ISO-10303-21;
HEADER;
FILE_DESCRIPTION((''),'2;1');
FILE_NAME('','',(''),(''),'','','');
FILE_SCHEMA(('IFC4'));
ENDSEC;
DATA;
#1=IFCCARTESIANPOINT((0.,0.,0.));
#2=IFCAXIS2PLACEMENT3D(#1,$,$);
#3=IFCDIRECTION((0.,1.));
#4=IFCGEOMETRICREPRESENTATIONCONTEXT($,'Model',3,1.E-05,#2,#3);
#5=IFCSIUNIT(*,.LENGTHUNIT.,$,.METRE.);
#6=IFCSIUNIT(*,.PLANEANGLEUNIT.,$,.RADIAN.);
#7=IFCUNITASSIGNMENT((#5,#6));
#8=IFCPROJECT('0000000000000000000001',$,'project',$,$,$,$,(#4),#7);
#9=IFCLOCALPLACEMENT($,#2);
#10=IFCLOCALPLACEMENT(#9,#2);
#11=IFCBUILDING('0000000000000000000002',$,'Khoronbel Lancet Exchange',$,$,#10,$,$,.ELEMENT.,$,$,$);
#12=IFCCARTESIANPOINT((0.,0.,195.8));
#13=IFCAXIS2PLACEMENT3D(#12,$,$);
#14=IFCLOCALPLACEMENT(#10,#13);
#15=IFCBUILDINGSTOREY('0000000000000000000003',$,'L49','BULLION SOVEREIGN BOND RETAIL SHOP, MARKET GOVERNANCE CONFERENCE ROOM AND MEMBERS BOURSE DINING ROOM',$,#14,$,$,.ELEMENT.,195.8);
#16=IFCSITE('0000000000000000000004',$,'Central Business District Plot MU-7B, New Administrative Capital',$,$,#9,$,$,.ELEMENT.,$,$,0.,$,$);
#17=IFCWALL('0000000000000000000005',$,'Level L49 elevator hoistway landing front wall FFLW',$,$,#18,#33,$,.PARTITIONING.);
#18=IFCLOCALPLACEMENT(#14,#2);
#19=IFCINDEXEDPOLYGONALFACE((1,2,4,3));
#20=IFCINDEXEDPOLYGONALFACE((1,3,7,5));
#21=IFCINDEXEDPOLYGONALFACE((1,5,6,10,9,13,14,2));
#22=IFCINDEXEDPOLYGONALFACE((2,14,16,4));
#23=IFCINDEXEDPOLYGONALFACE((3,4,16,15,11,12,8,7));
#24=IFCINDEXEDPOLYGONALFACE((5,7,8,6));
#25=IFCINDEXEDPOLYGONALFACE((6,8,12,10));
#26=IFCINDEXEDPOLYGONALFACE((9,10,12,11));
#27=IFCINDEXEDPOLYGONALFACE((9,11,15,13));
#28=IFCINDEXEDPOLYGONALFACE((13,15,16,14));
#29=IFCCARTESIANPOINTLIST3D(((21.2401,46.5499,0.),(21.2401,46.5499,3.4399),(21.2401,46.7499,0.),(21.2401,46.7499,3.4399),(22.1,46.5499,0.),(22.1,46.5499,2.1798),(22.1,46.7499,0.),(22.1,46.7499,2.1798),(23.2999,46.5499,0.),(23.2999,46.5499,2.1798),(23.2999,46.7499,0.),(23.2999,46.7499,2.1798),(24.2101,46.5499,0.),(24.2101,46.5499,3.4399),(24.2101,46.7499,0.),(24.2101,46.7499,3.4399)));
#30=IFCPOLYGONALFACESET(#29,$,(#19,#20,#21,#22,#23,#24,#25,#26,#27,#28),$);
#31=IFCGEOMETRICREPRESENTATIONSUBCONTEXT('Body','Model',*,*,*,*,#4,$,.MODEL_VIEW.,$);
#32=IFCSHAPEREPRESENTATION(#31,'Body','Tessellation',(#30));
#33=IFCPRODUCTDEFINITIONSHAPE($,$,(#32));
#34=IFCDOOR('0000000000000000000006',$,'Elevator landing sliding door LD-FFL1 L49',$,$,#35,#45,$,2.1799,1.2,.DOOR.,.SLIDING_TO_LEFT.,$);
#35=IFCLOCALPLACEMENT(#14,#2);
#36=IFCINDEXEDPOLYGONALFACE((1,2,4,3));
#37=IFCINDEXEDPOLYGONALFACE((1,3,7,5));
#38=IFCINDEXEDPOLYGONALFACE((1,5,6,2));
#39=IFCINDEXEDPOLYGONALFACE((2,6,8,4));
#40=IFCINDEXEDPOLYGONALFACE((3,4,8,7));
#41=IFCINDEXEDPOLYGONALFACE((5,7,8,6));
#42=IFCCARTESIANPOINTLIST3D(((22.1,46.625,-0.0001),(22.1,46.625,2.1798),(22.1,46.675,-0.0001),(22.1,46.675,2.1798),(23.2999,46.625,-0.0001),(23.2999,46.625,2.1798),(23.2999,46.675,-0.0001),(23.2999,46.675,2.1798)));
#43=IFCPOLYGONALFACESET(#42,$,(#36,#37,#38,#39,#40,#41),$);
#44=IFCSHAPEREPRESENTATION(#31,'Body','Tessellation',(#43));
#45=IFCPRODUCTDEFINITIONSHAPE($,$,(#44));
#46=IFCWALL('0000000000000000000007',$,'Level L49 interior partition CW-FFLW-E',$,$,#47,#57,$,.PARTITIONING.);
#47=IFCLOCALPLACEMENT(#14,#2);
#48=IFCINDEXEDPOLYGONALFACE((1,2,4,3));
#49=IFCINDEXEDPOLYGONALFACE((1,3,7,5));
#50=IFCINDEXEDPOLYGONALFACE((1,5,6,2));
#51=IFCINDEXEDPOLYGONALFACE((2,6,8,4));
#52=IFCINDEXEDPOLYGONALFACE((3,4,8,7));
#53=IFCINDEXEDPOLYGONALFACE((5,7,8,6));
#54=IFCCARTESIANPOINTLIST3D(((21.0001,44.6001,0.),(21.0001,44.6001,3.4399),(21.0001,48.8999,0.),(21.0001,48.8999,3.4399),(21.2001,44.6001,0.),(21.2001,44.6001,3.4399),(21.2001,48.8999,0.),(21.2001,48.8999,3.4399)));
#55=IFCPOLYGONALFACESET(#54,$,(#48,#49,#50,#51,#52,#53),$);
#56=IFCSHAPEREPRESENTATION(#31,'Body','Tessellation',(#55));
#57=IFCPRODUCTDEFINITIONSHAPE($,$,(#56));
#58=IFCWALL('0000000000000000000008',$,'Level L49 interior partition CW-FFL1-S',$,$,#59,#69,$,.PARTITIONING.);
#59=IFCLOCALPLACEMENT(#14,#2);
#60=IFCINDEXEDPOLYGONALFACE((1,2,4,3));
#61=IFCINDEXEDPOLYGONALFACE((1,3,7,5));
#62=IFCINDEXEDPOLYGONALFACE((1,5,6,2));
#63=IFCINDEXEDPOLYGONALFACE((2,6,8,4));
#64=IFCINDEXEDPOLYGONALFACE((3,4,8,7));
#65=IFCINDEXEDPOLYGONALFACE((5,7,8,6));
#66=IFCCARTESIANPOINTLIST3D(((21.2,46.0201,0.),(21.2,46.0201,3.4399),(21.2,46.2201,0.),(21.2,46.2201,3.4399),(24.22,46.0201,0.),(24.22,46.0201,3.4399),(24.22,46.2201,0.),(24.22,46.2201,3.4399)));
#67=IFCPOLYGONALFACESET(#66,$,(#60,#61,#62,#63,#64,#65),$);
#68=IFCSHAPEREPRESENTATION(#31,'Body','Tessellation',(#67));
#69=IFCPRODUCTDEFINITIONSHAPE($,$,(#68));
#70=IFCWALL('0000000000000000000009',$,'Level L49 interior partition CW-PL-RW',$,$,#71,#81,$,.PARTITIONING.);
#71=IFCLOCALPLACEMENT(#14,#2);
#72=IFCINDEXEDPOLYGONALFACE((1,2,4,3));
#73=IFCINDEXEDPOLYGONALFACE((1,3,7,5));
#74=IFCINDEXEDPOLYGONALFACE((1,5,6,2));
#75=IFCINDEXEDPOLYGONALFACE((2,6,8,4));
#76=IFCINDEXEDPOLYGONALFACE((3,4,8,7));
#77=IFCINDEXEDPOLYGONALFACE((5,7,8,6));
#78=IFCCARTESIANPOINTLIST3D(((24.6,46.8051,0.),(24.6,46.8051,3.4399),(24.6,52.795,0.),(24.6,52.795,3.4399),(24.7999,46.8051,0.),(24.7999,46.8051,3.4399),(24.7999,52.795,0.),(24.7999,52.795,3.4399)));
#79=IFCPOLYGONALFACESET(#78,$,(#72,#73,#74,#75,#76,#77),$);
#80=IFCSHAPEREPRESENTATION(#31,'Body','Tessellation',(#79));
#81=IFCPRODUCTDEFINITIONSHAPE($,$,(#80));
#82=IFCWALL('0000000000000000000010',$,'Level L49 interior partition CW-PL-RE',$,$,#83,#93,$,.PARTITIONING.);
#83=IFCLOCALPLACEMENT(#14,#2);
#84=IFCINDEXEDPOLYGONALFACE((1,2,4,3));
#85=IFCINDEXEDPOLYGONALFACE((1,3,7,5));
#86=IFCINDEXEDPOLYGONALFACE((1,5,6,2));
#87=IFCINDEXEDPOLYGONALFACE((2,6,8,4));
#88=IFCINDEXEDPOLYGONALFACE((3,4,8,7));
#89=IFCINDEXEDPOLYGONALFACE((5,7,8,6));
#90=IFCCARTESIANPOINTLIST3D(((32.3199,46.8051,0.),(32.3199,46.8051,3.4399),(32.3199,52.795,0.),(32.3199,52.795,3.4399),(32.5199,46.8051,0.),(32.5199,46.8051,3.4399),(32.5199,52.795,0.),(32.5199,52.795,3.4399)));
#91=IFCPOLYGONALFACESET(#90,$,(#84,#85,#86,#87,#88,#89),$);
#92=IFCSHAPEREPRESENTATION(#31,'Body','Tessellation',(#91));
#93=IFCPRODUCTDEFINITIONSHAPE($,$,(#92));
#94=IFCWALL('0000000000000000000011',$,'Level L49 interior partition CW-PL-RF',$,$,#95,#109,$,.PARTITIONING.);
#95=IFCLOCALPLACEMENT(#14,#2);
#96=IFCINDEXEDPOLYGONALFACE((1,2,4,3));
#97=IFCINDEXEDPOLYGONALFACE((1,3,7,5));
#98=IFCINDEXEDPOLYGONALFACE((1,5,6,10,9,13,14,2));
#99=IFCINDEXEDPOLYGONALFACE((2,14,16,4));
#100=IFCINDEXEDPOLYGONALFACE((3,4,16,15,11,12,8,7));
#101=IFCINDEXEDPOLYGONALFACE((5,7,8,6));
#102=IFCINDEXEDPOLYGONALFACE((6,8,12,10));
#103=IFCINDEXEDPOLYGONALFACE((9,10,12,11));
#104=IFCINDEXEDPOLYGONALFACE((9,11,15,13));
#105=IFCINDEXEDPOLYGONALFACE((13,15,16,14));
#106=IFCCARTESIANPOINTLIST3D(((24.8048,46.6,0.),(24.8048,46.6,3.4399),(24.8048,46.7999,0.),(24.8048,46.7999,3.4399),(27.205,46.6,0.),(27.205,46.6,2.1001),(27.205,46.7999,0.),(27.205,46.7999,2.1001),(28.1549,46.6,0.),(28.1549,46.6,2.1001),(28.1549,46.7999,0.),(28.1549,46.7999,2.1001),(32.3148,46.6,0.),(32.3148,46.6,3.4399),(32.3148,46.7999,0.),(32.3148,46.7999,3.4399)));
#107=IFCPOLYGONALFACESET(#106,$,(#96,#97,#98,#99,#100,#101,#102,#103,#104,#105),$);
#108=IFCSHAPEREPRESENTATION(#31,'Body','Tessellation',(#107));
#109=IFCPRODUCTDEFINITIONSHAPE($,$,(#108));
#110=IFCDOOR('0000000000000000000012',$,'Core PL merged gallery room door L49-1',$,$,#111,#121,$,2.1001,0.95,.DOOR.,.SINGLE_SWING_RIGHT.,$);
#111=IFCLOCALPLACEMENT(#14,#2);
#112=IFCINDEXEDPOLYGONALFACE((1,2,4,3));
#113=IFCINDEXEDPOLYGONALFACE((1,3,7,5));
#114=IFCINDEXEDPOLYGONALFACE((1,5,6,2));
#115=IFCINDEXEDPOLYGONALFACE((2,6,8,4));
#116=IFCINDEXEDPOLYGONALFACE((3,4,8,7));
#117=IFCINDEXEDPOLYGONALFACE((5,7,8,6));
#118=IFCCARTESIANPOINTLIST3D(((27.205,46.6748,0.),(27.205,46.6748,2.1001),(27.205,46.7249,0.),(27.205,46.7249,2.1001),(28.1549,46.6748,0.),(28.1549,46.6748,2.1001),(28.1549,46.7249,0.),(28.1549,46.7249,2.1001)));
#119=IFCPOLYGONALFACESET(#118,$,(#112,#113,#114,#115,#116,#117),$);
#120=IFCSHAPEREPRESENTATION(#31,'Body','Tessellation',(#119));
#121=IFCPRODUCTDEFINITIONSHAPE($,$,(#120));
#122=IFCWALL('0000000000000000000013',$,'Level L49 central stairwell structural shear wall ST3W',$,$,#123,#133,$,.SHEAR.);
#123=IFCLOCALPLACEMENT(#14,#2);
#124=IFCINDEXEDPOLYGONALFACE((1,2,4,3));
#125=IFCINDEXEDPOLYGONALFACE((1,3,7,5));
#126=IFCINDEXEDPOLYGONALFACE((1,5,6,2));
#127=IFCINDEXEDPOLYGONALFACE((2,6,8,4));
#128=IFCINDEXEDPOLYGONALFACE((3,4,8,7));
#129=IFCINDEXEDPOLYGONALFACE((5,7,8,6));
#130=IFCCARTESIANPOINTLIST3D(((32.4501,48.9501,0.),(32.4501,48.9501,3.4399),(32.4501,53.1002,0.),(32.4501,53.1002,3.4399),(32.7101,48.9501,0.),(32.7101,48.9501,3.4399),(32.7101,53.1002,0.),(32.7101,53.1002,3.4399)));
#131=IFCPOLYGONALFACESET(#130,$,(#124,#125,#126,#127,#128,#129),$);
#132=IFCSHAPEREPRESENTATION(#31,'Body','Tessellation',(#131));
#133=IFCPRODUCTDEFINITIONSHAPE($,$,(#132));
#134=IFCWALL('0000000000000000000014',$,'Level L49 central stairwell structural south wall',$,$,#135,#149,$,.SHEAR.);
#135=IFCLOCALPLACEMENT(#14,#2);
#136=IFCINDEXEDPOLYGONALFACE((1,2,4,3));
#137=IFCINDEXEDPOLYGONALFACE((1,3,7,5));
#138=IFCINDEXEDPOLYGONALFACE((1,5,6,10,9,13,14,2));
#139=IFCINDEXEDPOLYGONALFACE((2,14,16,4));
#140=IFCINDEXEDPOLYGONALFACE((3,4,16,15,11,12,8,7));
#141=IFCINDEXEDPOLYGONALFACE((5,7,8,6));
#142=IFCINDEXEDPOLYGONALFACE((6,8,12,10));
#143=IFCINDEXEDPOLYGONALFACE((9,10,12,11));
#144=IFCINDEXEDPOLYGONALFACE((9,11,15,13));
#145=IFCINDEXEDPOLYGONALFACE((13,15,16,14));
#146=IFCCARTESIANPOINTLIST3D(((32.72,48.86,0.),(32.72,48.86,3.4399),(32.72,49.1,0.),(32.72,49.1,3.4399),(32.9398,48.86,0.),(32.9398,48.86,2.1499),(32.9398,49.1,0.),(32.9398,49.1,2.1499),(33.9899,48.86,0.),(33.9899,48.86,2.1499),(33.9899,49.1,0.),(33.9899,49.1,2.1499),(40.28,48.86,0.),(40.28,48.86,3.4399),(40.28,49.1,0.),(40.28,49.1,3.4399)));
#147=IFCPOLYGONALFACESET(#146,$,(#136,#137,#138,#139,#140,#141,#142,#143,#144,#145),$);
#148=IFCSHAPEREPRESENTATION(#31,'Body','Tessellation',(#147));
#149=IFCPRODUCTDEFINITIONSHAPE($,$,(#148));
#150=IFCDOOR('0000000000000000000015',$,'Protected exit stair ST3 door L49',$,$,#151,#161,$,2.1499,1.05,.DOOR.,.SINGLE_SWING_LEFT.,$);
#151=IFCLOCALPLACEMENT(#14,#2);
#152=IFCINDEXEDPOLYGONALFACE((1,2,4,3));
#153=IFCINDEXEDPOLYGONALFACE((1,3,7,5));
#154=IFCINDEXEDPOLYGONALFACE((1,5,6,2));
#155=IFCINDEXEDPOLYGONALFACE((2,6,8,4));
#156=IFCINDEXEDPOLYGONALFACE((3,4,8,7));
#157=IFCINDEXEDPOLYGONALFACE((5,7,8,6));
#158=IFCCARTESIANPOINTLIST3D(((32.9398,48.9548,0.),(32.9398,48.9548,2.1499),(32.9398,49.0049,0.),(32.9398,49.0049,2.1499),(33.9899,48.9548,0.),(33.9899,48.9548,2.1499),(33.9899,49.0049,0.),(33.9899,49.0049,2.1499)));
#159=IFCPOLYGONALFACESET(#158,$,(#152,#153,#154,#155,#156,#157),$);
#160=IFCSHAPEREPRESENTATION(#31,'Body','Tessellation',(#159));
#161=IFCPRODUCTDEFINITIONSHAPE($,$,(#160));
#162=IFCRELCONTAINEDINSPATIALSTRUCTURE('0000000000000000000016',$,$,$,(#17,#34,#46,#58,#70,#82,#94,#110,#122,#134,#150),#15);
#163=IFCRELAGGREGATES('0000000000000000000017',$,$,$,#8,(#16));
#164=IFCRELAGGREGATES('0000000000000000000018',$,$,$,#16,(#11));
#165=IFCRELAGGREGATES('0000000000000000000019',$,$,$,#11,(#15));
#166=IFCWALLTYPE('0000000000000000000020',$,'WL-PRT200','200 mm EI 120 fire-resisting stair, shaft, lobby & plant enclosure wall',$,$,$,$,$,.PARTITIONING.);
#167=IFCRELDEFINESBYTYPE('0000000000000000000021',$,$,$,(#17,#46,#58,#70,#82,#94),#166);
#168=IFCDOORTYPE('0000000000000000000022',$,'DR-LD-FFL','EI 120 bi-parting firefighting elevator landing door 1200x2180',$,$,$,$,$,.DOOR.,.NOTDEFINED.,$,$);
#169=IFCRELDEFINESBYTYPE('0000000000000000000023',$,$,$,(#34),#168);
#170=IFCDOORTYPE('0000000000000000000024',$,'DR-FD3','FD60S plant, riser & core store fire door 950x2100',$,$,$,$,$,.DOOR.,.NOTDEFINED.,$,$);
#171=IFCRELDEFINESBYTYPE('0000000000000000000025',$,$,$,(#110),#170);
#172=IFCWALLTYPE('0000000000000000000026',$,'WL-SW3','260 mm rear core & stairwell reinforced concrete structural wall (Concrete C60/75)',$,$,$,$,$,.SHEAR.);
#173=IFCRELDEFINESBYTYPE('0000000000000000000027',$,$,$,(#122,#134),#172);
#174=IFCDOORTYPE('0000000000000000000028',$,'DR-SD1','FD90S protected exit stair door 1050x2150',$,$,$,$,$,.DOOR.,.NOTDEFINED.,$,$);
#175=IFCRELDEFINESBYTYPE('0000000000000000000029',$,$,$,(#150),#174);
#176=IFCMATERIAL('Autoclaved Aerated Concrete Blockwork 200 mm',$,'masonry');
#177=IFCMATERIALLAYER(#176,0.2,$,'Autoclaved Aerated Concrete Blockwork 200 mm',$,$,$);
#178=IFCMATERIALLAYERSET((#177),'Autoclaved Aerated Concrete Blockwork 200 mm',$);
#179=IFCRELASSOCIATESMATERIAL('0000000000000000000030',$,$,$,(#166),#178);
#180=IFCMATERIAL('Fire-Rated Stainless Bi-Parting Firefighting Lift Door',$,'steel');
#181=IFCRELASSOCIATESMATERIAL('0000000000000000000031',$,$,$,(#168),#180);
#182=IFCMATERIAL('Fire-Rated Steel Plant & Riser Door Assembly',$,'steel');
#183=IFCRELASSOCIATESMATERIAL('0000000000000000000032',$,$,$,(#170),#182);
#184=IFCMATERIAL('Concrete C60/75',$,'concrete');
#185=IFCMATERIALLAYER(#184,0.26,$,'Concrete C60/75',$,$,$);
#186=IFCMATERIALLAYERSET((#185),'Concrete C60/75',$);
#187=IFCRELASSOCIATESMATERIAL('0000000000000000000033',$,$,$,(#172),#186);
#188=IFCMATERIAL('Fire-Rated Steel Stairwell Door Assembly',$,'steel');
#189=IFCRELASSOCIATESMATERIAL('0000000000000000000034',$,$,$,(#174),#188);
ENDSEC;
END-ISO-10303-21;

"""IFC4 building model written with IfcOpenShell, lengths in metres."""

from ifc_helpers import new_model, si_unit, direction, frame, frame_2d, origin, place, context, subcontext, project, spatial, rectangle, extrude, material, layer, layer_set, type_object, element, fill, save


model = new_model("IFC4")

# Units and contexts
model_context = context("Model", 3, precision=1e-05, world=origin(), true_north=direction((0.0, 1.0)))
body_context = subcontext(model_context, "Body", "Model", "MODEL_VIEW")
ifc_project = project(units=[si_unit("LENGTHUNIT", "METRE"), si_unit("PLANEANGLEUNIT", "RADIAN")], contexts=[model_context])

# Site, building, storey
site_placement = place(None, origin())
site = spatial("IfcSite", under=ifc_project, at=site_placement, Name="Central Business District Plot MU-7B, New Administrative Capital", CompositionType="ELEMENT", RefElevation=0.0)
building_placement = place(site_placement, origin())
building = spatial("IfcBuilding", under=site, at=building_placement, Name="Khoronbel Lancet Exchange", CompositionType="ELEMENT")
storey_placement = place(building_placement, frame((0.0, 0.0, 195.8)))
storey = spatial("IfcBuildingStorey", under=building, at=storey_placement, Name="L49", Description="BULLION SOVEREIGN BOND RETAIL SHOP, MARKET GOVERNANCE CONFERENCE ROOM AND MEMBERS BOURSE DINING ROOM", CompositionType="ELEMENT", Elevation=195.8)

# Wall, opening, door
ifc_material_1 = material(Name="Autoclaved Aerated Concrete Blockwork 200 mm", Category="masonry")
ifc_layer_1 = layer(ifc_material_1, 0.2, Name="Autoclaved Aerated Concrete Blockwork 200 mm")
ifc_layer_set_1 = layer_set([ifc_layer_1], Name="Autoclaved Aerated Concrete Blockwork 200 mm")
wall_type_1 = type_object("IfcWallType", Name="WL-PRT200", Description="200 mm EI 120 fire-resisting stair, shaft, lobby & plant enclosure wall", PredefinedType="PARTITIONING", material=ifc_layer_set_1)
wall_1_placement = place(storey_placement, frame((24.21, 46.6499, 0.0), z_axis=(0.0, 0.0, 1.0), x_axis=(-1.0, 0.0, 0.0)))
wall_1 = element("IfcWall", 1, at=wall_1_placement, inside=storey, type_object=wall_type_1, Name="Level L49 elevator hoistway landing front wall FFLW", PredefinedType="PARTITIONING", context=body_context, shape_type="SweptSolid", body=[
    extrude(rectangle(XDim=2.97, YDim=0.2, at=frame_2d((1.4849, 0.0))), origin(), (0.0, 0.0, 1.0), 3.4399),
])
opening_1_placement = place(wall_1_placement, frame((0.9099, 0.0, 0.0)))
opening_1 = element("IfcOpeningElement", 2, at=opening_1_placement, cuts=wall_1, PredefinedType="OPENING", context=body_context, shape_type="SweptSolid", body=[
    extrude(rectangle(XDim=1.2, YDim=2.1799, at=frame_2d((0.6001, 1.0898))), frame((0.0, 0.1099, 0.0), z_axis=(0.0, -1.0, 0.0), x_axis=(1.0, 0.0, 0.0)), (0.0, 0.0, 1.0), 0.22),
])
ifc_material_2 = material(Name="Fire-Rated Stainless Bi-Parting Firefighting Lift Door", Category="steel")
door_type_1 = type_object("IfcDoorType", Name="DR-LD-FFL", Description="EI 120 bi-parting firefighting elevator landing door 1200x2180", OperationType="NOTDEFINED", PredefinedType="DOOR", material=ifc_material_2)
door_1_placement = place(opening_1_placement, origin())
door_1 = element("IfcDoor", 3, at=door_1_placement, inside=storey, type_object=door_type_1, Name="Elevator landing sliding door LD-FFL1 L49", OperationType="SLIDING_TO_LEFT", OverallHeight=2.1799, OverallWidth=1.2, PredefinedType="DOOR", context=body_context, shape_type="SweptSolid", body=[
    extrude(rectangle(XDim=1.2, YDim=2.1799, at=frame_2d((0.6001, 1.0898))), frame((0.0, 0.0249, 0.0), z_axis=(0.0, -1.0, 0.0), x_axis=(1.0, 0.0, 0.0)), (0.0, 0.0, 1.0), 0.05),
])
fill(opening_1, door_1)

# Walls
wall_2_placement = place(storey_placement, frame((21.1001, 44.6001, 0.0), z_axis=(0.0, 0.0, 1.0), x_axis=(0.0, 1.0, 0.0)))
element("IfcWall", 4, at=wall_2_placement, inside=storey, type_object=wall_type_1, Name="Level L49 interior partition CW-FFLW-E", PredefinedType="PARTITIONING", context=body_context, shape_type="SweptSolid", body=[
    extrude(rectangle(XDim=4.2998, YDim=0.2, at=frame_2d((2.1499, 0.0))), origin(), (0.0, 0.0, 1.0), 3.4399),
])
wall_3_placement = place(storey_placement, frame((21.2, 46.1201, 0.0), z_axis=(0.0, 0.0, 1.0), x_axis=(1.0, 0.0, 0.0)))
element("IfcWall", 5, at=wall_3_placement, inside=storey, type_object=wall_type_1, Name="Level L49 interior partition CW-FFL1-S", PredefinedType="PARTITIONING", context=body_context, shape_type="SweptSolid", body=[
    extrude(rectangle(XDim=3.02, YDim=0.2, at=frame_2d((1.51, 0.0))), origin(), (0.0, 0.0, 1.0), 3.4399),
])
for number, where, z_axis, x_axis, name in (
    (6, (24.7, 46.8049, 0.0), (0.0, 0.0, 1.0), (0.0, 1.0, 0.0), "Level L49 interior partition CW-PL-RW"),
    (7, (32.4199, 46.8049, 0.0), (0.0, 0.0, 1.0), (0.0, 1.0, 0.0), "Level L49 interior partition CW-PL-RE"),
):
    element("IfcWall", number, at=place(storey_placement, frame(where, z_axis=z_axis, x_axis=x_axis)), inside=storey, type_object=wall_type_1, Name=name, PredefinedType="PARTITIONING", context=body_context, shape_type="SweptSolid", body=[
        extrude(rectangle(XDim=5.99, YDim=0.2, at=frame_2d((2.9951, 0.0))), origin(), (0.0, 0.0, 1.0), 3.4399),
    ])

# Wall, opening, door
wall_4_placement = place(storey_placement, frame((24.8049, 46.7, 0.0), z_axis=(0.0, 0.0, 1.0), x_axis=(1.0, 0.0, 0.0)))
wall_4 = element("IfcWall", 8, at=wall_4_placement, inside=storey, type_object=wall_type_1, Name="Level L49 interior partition CW-PL-RF", PredefinedType="PARTITIONING", context=body_context, shape_type="SweptSolid", body=[
    extrude(rectangle(XDim=7.51, YDim=0.2, at=frame_2d((3.7549, 0.0))), origin(), (0.0, 0.0, 1.0), 3.4399),
])
opening_2_placement = place(wall_4_placement, frame((2.3999, 0.0, 0.0)))
opening_2 = element("IfcOpeningElement", 9, at=opening_2_placement, cuts=wall_4, PredefinedType="OPENING", context=body_context, shape_type="SweptSolid", body=[
    extrude(rectangle(XDim=0.95, YDim=2.1001, at=frame_2d((0.4751, 1.05))), frame((0.0, 0.1099, 0.0), z_axis=(0.0, -1.0, 0.0), x_axis=(1.0, 0.0, 0.0)), (0.0, 0.0, 1.0), 0.22),
])
ifc_material_3 = material(Name="Fire-Rated Steel Plant & Riser Door Assembly", Category="steel")
door_type_2 = type_object("IfcDoorType", Name="DR-FD3", Description="FD60S plant, riser & core store fire door 950x2100", OperationType="NOTDEFINED", PredefinedType="DOOR", material=ifc_material_3)
door_2_placement = place(opening_2_placement, origin())
door_2 = element("IfcDoor", 10, at=door_2_placement, inside=storey, type_object=door_type_2, Name="Core PL merged gallery room door L49-1", OperationType="SINGLE_SWING_RIGHT", OverallHeight=2.1001, OverallWidth=0.95, PredefinedType="DOOR", context=body_context, shape_type="SweptSolid", body=[
    extrude(rectangle(XDim=0.95, YDim=2.1001, at=frame_2d((0.4751, 1.05))), frame((0.0, 0.0249, 0.0), z_axis=(0.0, -1.0, 0.0), x_axis=(1.0, 0.0, 0.0)), (0.0, 0.0, 1.0), 0.05),
])
fill(opening_2, door_2)

# Wall
ifc_material_4 = material(Name="Concrete C60/75", Category="concrete")
ifc_layer_2 = layer(ifc_material_4, 0.26, Name="Concrete C60/75")
ifc_layer_set_2 = layer_set([ifc_layer_2], Name="Concrete C60/75")
wall_type_2 = type_object("IfcWallType", Name="WL-SW3", Description="260 mm rear core & stairwell reinforced concrete structural wall (Concrete C60/75)", PredefinedType="SHEAR", material=ifc_layer_set_2)
wall_5_placement = place(storey_placement, frame((32.5801, 48.95, 0.0), z_axis=(0.0, 0.0, 1.0), x_axis=(0.0, 1.0, 0.0)))
element("IfcWall", 11, at=wall_5_placement, inside=storey, type_object=wall_type_2, Name="Level L49 central stairwell structural shear wall ST3W", PredefinedType="SHEAR", context=body_context, shape_type="SweptSolid", body=[
    extrude(rectangle(XDim=4.1501, YDim=0.26, at=frame_2d((2.0752, 0.0))), origin(), (0.0, 0.0, 1.0), 3.4399),
])

# Wall, opening, door
wall_6_placement = place(storey_placement, frame((32.72, 48.98, 0.0), z_axis=(0.0, 0.0, 1.0), x_axis=(1.0, 0.0, 0.0)))
wall_6 = element("IfcWall", 12, at=wall_6_placement, inside=storey, type_object=wall_type_2, Name="Level L49 central stairwell structural south wall", PredefinedType="SHEAR", context=body_context, shape_type="SweptSolid", body=[
    extrude(rectangle(XDim=7.5601, YDim=0.24, at=frame_2d((3.78, 0.0))), origin(), (0.0, 0.0, 1.0), 3.4399),
])
opening_3_placement = place(wall_6_placement, frame((0.22, 0.0, 0.0)))
opening_3 = element("IfcOpeningElement", 13, at=opening_3_placement, cuts=wall_6, PredefinedType="OPENING", context=body_context, shape_type="SweptSolid", body=[
    extrude(rectangle(XDim=1.05, YDim=2.1499, at=frame_2d((0.5249, 1.075))), frame((0.0, 0.1299, 0.0), z_axis=(0.0, -1.0, 0.0), x_axis=(1.0, 0.0, 0.0)), (0.0, 0.0, 1.0), 0.26),
])
ifc_material_5 = material(Name="Fire-Rated Steel Stairwell Door Assembly", Category="steel")
door_type_3 = type_object("IfcDoorType", Name="DR-SD1", Description="FD90S protected exit stair door 1050x2150", OperationType="NOTDEFINED", PredefinedType="DOOR", material=ifc_material_5)
door_3_placement = place(opening_3_placement, origin())
door_3 = element("IfcDoor", 14, at=door_3_placement, inside=storey, type_object=door_type_3, Name="Protected exit stair ST3 door L49", OperationType="SINGLE_SWING_LEFT", OverallHeight=2.1499, OverallWidth=1.05, PredefinedType="DOOR", context=body_context, shape_type="SweptSolid", body=[
    extrude(rectangle(XDim=1.05, YDim=2.1499, at=frame_2d((0.5249, 1.075))), frame((0.0, 0.0249, 0.0), z_axis=(0.0, -1.0, 0.0), x_axis=(1.0, 0.0, 0.0)), (0.0, 0.0, 1.0), 0.05),
])
fill(opening_3, door_3)

save(model, "model.ifc")
